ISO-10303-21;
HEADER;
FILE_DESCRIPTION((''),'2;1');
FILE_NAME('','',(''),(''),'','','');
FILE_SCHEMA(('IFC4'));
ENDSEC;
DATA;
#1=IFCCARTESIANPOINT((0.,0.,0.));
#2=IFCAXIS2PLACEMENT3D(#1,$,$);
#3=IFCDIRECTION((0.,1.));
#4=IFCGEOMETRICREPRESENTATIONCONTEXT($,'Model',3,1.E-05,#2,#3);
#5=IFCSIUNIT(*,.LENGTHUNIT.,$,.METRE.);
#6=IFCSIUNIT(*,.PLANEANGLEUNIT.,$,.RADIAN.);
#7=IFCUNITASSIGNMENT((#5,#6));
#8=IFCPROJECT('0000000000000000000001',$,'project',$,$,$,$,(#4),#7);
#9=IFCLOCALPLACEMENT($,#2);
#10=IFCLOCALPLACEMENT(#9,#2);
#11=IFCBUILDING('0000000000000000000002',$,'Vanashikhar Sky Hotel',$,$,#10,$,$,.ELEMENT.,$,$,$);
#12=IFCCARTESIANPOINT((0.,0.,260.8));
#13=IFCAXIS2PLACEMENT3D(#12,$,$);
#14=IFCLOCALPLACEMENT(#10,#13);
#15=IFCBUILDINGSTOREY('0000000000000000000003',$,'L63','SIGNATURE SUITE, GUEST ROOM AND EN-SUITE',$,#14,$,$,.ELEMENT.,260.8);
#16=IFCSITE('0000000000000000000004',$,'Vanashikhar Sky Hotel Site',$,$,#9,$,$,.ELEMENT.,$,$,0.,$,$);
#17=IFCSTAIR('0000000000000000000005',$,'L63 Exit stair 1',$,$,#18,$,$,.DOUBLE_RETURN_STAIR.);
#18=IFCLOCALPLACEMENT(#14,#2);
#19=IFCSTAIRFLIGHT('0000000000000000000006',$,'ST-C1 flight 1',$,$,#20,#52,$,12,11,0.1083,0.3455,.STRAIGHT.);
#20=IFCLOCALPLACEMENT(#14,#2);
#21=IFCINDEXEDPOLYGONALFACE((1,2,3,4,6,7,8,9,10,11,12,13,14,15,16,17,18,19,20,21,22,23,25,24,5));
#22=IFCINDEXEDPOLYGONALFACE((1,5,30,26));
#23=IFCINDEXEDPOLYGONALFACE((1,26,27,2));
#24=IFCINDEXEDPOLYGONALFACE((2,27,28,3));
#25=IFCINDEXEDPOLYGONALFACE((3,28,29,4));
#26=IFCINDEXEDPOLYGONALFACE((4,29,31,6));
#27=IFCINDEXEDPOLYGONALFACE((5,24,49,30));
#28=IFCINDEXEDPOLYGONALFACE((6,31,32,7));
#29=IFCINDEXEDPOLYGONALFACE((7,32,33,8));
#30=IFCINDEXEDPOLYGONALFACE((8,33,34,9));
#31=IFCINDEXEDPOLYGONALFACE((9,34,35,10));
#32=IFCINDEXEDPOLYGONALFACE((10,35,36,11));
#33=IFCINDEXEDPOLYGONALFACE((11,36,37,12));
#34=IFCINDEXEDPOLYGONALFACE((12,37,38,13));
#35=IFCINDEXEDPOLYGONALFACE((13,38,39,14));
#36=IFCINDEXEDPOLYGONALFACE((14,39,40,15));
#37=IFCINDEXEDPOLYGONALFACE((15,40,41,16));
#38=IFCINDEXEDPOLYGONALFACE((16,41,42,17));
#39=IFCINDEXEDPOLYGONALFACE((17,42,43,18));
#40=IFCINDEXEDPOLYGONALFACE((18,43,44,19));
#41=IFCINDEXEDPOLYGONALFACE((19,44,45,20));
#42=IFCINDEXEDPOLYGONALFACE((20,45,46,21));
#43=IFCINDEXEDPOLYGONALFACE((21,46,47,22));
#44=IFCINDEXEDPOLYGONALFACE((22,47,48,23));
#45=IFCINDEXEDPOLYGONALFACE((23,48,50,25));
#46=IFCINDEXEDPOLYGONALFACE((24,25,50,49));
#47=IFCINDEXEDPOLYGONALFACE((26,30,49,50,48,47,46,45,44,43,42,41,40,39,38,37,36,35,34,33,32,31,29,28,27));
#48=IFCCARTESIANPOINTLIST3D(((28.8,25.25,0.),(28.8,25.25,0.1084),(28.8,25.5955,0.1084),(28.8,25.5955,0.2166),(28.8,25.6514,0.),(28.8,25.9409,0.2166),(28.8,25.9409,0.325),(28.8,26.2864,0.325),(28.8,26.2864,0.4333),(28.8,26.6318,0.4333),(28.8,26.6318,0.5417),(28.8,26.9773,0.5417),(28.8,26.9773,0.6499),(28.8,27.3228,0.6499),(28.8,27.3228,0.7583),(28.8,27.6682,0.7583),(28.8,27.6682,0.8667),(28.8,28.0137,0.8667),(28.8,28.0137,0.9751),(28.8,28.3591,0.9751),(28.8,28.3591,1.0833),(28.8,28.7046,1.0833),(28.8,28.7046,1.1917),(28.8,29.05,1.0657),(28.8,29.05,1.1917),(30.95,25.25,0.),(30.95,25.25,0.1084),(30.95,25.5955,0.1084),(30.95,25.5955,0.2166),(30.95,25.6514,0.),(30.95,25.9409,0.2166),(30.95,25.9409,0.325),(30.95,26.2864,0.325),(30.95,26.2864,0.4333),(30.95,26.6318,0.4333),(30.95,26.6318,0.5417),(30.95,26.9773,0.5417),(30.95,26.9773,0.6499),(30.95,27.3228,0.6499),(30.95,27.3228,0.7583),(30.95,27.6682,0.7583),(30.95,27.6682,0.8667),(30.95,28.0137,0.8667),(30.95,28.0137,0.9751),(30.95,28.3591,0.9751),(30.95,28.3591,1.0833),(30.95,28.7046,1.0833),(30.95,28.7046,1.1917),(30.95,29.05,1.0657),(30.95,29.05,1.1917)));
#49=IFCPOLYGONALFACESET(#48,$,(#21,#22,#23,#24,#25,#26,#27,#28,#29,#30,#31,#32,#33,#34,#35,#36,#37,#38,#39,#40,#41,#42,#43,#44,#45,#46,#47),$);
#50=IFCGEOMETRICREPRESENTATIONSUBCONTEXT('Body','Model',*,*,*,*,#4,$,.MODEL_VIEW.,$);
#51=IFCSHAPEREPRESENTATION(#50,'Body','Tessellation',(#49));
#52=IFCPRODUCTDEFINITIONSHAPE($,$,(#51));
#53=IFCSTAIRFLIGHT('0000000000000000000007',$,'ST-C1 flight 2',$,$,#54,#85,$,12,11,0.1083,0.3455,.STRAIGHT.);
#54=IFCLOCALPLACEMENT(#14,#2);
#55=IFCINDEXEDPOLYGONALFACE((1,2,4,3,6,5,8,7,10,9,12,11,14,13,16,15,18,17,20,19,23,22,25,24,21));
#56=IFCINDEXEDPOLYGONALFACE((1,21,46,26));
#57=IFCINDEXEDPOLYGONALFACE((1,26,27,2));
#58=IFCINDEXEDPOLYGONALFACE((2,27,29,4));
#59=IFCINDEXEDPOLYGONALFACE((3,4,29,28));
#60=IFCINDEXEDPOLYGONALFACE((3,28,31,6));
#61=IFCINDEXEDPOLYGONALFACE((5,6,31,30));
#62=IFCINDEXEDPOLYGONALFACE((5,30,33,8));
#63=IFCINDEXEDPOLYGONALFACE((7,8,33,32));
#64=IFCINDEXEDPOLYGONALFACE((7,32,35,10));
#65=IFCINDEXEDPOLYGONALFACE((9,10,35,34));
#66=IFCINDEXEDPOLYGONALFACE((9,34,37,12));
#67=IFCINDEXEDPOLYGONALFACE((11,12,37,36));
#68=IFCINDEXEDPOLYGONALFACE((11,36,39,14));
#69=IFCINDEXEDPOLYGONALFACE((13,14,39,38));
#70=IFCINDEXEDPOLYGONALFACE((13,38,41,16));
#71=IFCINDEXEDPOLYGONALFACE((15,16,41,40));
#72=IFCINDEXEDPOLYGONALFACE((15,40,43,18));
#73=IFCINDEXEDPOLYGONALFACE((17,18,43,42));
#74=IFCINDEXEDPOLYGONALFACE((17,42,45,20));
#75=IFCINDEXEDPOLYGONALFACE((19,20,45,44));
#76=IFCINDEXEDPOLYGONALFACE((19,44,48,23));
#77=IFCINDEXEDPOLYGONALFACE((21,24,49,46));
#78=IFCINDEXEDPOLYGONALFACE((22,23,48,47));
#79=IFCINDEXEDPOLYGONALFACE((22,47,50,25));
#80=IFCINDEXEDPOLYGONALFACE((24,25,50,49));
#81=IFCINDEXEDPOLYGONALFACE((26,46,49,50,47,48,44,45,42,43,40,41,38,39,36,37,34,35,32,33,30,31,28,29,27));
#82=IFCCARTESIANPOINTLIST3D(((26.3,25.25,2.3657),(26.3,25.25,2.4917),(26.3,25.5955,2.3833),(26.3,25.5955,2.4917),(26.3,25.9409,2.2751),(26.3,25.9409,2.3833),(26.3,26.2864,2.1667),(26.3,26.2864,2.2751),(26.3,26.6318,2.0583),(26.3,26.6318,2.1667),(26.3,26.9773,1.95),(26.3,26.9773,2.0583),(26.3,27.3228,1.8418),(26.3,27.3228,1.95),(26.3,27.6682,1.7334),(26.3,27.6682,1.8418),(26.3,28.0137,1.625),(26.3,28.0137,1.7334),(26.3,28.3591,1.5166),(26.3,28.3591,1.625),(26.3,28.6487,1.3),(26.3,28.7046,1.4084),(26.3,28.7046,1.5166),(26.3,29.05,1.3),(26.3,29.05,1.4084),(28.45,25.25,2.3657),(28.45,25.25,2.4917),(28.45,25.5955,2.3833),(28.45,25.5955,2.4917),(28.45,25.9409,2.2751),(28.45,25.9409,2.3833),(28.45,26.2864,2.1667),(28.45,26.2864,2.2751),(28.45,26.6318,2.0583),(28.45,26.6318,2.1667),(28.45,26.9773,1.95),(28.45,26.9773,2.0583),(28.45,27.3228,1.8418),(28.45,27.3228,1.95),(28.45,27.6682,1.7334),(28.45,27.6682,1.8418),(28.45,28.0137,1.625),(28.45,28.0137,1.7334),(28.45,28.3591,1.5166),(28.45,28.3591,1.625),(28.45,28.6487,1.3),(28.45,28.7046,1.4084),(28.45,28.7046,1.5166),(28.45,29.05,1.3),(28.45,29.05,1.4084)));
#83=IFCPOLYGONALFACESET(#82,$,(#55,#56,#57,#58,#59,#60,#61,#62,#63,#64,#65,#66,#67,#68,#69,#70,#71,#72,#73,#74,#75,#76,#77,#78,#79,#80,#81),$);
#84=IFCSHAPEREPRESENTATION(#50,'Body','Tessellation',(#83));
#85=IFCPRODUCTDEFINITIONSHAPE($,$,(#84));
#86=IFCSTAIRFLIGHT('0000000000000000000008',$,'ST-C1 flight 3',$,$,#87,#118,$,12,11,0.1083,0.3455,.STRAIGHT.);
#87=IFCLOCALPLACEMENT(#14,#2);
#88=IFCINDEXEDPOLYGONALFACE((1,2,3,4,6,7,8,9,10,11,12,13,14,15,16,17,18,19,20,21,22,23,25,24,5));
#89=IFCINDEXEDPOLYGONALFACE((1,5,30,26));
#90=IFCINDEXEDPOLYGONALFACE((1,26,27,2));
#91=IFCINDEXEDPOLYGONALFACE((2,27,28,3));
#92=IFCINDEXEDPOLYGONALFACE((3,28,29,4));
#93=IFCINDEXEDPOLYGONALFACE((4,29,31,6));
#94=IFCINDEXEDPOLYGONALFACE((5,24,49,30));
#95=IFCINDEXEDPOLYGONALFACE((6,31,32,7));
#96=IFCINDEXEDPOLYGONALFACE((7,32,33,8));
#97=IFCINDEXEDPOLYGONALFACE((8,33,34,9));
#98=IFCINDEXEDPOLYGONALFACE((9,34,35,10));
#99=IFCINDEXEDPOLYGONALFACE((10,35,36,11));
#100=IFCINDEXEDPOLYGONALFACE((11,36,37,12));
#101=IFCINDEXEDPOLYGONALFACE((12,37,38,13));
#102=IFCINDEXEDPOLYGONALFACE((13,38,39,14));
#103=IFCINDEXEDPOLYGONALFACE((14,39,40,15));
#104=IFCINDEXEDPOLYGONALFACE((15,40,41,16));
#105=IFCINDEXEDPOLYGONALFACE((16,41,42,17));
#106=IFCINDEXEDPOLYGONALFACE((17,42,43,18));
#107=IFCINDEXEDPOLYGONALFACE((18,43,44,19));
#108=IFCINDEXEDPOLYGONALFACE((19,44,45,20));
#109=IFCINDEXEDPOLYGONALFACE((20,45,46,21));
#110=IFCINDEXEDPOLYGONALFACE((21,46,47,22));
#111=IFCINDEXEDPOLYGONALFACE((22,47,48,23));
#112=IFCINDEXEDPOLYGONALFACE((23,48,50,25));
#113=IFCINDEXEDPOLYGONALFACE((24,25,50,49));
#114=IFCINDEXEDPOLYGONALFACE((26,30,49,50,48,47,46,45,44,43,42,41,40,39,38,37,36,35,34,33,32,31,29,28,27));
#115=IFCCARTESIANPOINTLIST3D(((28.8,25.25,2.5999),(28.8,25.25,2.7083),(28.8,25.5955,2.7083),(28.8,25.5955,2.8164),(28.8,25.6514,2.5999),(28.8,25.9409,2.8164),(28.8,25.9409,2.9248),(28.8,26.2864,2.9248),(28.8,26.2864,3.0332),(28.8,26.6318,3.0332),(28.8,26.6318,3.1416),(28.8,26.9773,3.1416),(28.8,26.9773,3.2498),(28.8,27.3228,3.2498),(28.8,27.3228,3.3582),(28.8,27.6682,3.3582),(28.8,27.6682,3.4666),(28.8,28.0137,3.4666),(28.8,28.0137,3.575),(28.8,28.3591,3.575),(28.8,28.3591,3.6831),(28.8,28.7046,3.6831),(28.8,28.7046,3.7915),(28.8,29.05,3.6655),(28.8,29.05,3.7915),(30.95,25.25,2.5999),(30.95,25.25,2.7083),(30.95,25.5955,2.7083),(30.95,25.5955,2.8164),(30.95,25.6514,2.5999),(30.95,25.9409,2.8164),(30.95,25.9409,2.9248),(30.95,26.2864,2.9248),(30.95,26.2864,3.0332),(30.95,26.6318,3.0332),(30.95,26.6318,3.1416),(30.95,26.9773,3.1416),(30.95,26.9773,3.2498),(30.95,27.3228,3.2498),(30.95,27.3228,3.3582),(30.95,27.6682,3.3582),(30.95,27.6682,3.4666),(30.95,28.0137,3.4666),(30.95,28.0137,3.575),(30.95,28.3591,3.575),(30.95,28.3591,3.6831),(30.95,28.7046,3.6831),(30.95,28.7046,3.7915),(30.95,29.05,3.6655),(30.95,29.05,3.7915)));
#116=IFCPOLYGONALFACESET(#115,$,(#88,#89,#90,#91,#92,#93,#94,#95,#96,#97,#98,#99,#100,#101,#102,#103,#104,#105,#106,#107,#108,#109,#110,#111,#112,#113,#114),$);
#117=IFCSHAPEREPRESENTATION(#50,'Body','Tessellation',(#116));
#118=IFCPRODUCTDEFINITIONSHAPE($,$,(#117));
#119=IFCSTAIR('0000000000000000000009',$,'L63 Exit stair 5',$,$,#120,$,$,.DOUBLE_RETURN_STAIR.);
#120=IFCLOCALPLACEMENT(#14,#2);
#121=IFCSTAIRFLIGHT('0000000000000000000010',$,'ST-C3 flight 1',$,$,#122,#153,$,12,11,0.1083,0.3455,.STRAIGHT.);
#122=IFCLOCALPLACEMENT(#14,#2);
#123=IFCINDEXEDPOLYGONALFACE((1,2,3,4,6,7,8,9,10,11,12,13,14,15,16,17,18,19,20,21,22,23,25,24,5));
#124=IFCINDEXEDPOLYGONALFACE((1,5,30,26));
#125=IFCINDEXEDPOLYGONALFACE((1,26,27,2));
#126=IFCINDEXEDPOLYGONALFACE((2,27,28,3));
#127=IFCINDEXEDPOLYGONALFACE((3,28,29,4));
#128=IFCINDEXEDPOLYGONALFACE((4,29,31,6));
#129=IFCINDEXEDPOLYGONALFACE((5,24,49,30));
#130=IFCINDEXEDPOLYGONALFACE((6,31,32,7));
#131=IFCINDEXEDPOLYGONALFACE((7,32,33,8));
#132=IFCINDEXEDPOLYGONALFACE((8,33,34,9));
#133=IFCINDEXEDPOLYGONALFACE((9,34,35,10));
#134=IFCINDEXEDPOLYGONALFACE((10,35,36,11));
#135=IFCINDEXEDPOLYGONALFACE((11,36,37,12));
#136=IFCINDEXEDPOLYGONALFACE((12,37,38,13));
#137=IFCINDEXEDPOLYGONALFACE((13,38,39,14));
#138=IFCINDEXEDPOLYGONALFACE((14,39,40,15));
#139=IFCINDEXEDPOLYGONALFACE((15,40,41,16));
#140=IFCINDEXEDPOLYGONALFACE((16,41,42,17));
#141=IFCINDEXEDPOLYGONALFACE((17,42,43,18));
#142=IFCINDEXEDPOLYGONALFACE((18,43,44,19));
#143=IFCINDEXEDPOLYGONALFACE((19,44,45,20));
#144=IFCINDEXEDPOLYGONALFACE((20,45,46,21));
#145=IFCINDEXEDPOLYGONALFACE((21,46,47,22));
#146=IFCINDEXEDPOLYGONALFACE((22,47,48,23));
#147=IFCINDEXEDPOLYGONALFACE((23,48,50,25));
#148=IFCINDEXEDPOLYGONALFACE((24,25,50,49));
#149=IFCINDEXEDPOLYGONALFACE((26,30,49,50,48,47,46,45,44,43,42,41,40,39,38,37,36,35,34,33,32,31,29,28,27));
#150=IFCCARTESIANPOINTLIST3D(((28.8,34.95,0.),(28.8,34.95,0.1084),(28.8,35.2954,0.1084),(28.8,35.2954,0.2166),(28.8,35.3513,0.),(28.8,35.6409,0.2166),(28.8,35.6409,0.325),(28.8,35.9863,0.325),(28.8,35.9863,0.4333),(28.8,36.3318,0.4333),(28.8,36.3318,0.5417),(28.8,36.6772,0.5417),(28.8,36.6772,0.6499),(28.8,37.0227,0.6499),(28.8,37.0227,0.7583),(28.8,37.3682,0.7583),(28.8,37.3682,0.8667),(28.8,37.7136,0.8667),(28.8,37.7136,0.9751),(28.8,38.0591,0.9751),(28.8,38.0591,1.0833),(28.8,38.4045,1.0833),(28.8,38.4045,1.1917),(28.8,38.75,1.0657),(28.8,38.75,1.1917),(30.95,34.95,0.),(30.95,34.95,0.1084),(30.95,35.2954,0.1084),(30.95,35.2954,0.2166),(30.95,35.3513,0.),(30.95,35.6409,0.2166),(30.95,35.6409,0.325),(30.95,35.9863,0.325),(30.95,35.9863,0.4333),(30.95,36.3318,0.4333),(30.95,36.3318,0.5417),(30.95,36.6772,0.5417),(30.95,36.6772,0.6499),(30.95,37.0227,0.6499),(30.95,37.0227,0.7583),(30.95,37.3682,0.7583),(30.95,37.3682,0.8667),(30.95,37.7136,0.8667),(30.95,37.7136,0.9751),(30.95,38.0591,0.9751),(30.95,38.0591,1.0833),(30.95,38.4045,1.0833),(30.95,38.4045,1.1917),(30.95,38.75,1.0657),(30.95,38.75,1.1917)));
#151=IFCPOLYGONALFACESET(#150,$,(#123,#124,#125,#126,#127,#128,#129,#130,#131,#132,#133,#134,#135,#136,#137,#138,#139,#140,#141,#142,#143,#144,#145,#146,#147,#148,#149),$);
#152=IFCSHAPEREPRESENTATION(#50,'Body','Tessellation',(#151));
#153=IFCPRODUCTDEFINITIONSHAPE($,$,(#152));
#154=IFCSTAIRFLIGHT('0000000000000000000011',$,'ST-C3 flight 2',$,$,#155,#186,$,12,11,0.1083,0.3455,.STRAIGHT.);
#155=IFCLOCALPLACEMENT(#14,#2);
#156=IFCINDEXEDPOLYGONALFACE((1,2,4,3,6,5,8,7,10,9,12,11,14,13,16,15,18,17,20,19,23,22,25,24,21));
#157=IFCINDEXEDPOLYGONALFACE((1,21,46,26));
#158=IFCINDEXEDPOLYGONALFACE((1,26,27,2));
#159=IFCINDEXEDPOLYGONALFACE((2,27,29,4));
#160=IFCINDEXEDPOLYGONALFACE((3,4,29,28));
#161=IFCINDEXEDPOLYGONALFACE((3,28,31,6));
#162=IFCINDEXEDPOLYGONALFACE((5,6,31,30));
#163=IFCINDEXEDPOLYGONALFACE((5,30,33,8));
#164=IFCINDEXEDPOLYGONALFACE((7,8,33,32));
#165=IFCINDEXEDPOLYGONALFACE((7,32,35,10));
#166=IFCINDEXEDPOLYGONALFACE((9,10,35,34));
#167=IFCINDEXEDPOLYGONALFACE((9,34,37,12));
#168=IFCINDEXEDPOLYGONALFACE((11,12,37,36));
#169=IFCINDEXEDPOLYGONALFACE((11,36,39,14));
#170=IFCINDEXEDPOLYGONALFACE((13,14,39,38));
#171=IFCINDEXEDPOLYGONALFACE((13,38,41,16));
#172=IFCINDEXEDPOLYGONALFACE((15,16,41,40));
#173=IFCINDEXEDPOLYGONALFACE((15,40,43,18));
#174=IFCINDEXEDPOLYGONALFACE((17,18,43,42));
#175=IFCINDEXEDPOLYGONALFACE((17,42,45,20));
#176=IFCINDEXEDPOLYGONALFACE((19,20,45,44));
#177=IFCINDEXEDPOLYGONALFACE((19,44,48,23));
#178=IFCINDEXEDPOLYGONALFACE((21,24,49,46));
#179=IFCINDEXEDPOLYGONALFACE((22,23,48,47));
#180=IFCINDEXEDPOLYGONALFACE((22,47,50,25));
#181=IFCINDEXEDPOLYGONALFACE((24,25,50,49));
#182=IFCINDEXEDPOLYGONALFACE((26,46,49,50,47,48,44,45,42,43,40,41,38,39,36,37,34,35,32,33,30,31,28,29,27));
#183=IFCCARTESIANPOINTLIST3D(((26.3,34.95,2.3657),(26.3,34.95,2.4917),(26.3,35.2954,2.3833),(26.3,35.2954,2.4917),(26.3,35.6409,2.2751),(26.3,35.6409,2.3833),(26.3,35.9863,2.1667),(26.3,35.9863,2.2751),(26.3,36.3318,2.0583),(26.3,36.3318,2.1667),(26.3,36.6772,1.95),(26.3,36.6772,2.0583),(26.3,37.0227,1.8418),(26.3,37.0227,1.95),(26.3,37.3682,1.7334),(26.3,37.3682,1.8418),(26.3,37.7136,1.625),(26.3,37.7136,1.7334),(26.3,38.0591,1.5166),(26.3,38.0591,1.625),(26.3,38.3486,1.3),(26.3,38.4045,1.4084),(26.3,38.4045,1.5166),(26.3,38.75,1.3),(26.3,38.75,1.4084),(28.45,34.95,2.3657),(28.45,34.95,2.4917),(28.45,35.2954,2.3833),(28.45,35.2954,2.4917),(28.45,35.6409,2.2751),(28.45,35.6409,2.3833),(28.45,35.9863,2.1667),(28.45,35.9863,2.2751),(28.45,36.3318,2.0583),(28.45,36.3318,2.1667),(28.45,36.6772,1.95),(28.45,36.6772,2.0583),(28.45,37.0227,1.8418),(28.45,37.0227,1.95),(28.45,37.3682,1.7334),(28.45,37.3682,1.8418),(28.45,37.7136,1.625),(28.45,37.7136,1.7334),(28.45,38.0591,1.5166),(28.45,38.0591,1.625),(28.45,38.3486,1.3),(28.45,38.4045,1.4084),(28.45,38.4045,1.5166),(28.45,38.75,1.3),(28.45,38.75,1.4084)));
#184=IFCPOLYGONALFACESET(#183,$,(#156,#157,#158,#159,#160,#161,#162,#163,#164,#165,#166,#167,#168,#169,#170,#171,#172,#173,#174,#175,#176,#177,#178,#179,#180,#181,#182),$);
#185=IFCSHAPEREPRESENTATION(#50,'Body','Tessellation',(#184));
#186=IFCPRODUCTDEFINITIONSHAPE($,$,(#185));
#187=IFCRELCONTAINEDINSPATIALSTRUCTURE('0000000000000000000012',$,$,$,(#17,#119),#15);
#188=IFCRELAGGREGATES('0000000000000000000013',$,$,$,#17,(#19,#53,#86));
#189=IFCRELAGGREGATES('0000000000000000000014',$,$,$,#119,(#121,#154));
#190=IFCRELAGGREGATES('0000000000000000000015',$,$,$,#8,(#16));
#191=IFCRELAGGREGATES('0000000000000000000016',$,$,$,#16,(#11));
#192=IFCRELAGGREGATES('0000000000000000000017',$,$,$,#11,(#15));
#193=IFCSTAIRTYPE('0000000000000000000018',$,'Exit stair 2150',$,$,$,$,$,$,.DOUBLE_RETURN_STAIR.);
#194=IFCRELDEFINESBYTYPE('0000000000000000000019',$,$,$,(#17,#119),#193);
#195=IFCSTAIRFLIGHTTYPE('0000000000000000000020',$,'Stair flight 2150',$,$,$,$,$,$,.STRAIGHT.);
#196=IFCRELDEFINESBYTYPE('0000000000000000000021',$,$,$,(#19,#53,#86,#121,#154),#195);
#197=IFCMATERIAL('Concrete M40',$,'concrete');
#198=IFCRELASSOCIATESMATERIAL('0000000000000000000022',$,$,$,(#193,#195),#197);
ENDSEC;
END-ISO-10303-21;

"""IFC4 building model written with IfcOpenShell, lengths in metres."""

from ifc_helpers import new_model, si_unit, direction, frame, origin, place, context, subcontext, project, spatial, polyline, outline, extrude, source, transform, mapped, material, type_object, element, aggregate, save


model = new_model("IFC4")

# Units and contexts
model_context = context("Model", 3, precision=1e-05, world=origin(), true_north=direction((0.0, 1.0)))
body_context = subcontext(model_context, "Body", "Model", "MODEL_VIEW")
ifc_project = project(units=[si_unit("LENGTHUNIT", "METRE"), si_unit("PLANEANGLEUNIT", "RADIAN")], contexts=[model_context])

# Site, building, storey
site_placement = place(None, origin())
site = spatial("IfcSite", under=ifc_project, at=site_placement, Name="Vanashikhar Sky Hotel Site", CompositionType="ELEMENT", RefElevation=0.0)
building_placement = place(site_placement, origin())
building = spatial("IfcBuilding", under=site, at=building_placement, Name="Vanashikhar Sky Hotel", CompositionType="ELEMENT")
storey_placement = place(building_placement, frame((0.0, 0.0, 260.8)))
storey = spatial("IfcBuildingStorey", under=building, at=storey_placement, Name="L63", Description="SIGNATURE SUITE, GUEST ROOM AND EN-SUITE", CompositionType="ELEMENT", Elevation=260.8)

# Stairs, stair flights
ifc_material_1 = material(Name="Concrete M40", Category="concrete")
stair_type = type_object("IfcStairType", Name="Exit stair 2150", PredefinedType="DOUBLE_RETURN_STAIR", material=ifc_material_1)
stair_1_placement = place(storey_placement, origin())
stair_1 = element("IfcStair", 1, at=stair_1_placement, inside=storey, type_object=stair_type, Name="L63 Exit stair 1", PredefinedType="DOUBLE_RETURN_STAIR")
stair_flight_type = type_object("IfcStairFlightType", Name="Stair flight 2150", PredefinedType="STRAIGHT", material=ifc_material_1)
shared_shape_1 = source(origin(), body_context, "Body", "SweptSolid", [
    extrude(outline(polyline([(0.0, 0.0), (0.0, 0.1084), (0.3455, 0.1084), (0.3455, 0.2166), (0.6909, 0.2166), (0.6909, 0.325), (1.0364, 0.325), (1.0364, 0.4333), (1.3818, 0.4333), (1.3818, 0.5417), (1.7273, 0.5417), (1.7273, 0.6499), (2.0728, 0.6499), (2.0728, 0.7583), (2.4182, 0.7583), (2.4182, 0.8667), (2.7637, 0.8667), (2.7637, 0.9751), (3.1091, 0.9751), (3.1091, 1.0833), (3.4546, 1.0833), (3.4546, 1.1917), (3.8, 1.1917), (3.8, 1.3), (3.8, 1.0657), (0.4014, 0.0), (0.0, 0.0)])), frame((0.0, 1.075, 0.0), z_axis=(0.0, -1.0, 0.0), x_axis=(1.0, 0.0, 0.0)), (0.0, 0.0, 1.0), 2.1499),
])
stair_flight_1_placement = place(storey_placement, frame((29.875, 25.25, 0.0), z_axis=(0.0, 0.0, 1.0), x_axis=(0.0, 1.0, 0.0)))
stair_flight_1 = element("IfcStairFlight", 2, at=stair_flight_1_placement, type_object=stair_flight_type, Name="ST-C1 flight 1", NumberOfRisers=12, NumberOfTreads=11, PredefinedType="STRAIGHT", RiserHeight=0.1083, TreadLength=0.3455, context=body_context, shape_type="MappedRepresentation", body=[
    mapped(shared_shape_1, transform((0.0, 0.0, 0.0), scale=1.0)),
])
stair_flight_2_placement = place(storey_placement, frame((27.375, 29.05, 1.3), z_axis=(0.0, 0.0, 1.0), x_axis=(0.0, -1.0, 0.0)))
stair_flight_2 = element("IfcStairFlight", 3, at=stair_flight_2_placement, type_object=stair_flight_type, Name="ST-C1 flight 2", NumberOfRisers=12, NumberOfTreads=11, PredefinedType="STRAIGHT", RiserHeight=0.1083, TreadLength=0.3455, context=body_context, shape_type="MappedRepresentation", body=[
    mapped(shared_shape_1, transform((0.0, 0.0, 0.0), scale=1.0)),
])
stair_flight_3_placement = place(storey_placement, frame((29.875, 25.25, 2.5999), z_axis=(0.0, 0.0, 1.0), x_axis=(0.0, 1.0, 0.0)))
stair_flight_3 = element("IfcStairFlight", 4, at=stair_flight_3_placement, type_object=stair_flight_type, Name="ST-C1 flight 3", NumberOfRisers=12, NumberOfTreads=11, PredefinedType="STRAIGHT", RiserHeight=0.1083, TreadLength=0.3455, context=body_context, shape_type="MappedRepresentation", body=[
    mapped(shared_shape_1, transform((0.0, 0.0, 0.0), scale=1.0)),
])
aggregate(stair_1, [stair_flight_1, stair_flight_2, stair_flight_3])
stair_2_placement = place(storey_placement, origin())
stair_2 = element("IfcStair", 5, at=stair_2_placement, inside=storey, type_object=stair_type, Name="L63 Exit stair 5", PredefinedType="DOUBLE_RETURN_STAIR")
stair_flight_4_placement = place(storey_placement, frame((29.875, 34.95, 0.0), z_axis=(0.0, 0.0, 1.0), x_axis=(0.0, 1.0, 0.0)))
stair_flight_4 = element("IfcStairFlight", 6, at=stair_flight_4_placement, type_object=stair_flight_type, Name="ST-C3 flight 1", NumberOfRisers=12, NumberOfTreads=11, PredefinedType="STRAIGHT", RiserHeight=0.1083, TreadLength=0.3455, context=body_context, shape_type="MappedRepresentation", body=[
    mapped(shared_shape_1, transform((0.0, 0.0, 0.0), scale=1.0)),
])
stair_flight_5_placement = place(storey_placement, frame((27.375, 38.75, 1.3), z_axis=(0.0, 0.0, 1.0), x_axis=(0.0, -1.0, 0.0)))
stair_flight_5 = element("IfcStairFlight", 7, at=stair_flight_5_placement, type_object=stair_flight_type, Name="ST-C3 flight 2", NumberOfRisers=12, NumberOfTreads=11, PredefinedType="STRAIGHT", RiserHeight=0.1083, TreadLength=0.3455, context=body_context, shape_type="MappedRepresentation", body=[
    mapped(shared_shape_1, transform((0.0, 0.0, 0.0), scale=1.0)),
])
aggregate(stair_2, [stair_flight_4, stair_flight_5])

save(model, "model.ifc")
